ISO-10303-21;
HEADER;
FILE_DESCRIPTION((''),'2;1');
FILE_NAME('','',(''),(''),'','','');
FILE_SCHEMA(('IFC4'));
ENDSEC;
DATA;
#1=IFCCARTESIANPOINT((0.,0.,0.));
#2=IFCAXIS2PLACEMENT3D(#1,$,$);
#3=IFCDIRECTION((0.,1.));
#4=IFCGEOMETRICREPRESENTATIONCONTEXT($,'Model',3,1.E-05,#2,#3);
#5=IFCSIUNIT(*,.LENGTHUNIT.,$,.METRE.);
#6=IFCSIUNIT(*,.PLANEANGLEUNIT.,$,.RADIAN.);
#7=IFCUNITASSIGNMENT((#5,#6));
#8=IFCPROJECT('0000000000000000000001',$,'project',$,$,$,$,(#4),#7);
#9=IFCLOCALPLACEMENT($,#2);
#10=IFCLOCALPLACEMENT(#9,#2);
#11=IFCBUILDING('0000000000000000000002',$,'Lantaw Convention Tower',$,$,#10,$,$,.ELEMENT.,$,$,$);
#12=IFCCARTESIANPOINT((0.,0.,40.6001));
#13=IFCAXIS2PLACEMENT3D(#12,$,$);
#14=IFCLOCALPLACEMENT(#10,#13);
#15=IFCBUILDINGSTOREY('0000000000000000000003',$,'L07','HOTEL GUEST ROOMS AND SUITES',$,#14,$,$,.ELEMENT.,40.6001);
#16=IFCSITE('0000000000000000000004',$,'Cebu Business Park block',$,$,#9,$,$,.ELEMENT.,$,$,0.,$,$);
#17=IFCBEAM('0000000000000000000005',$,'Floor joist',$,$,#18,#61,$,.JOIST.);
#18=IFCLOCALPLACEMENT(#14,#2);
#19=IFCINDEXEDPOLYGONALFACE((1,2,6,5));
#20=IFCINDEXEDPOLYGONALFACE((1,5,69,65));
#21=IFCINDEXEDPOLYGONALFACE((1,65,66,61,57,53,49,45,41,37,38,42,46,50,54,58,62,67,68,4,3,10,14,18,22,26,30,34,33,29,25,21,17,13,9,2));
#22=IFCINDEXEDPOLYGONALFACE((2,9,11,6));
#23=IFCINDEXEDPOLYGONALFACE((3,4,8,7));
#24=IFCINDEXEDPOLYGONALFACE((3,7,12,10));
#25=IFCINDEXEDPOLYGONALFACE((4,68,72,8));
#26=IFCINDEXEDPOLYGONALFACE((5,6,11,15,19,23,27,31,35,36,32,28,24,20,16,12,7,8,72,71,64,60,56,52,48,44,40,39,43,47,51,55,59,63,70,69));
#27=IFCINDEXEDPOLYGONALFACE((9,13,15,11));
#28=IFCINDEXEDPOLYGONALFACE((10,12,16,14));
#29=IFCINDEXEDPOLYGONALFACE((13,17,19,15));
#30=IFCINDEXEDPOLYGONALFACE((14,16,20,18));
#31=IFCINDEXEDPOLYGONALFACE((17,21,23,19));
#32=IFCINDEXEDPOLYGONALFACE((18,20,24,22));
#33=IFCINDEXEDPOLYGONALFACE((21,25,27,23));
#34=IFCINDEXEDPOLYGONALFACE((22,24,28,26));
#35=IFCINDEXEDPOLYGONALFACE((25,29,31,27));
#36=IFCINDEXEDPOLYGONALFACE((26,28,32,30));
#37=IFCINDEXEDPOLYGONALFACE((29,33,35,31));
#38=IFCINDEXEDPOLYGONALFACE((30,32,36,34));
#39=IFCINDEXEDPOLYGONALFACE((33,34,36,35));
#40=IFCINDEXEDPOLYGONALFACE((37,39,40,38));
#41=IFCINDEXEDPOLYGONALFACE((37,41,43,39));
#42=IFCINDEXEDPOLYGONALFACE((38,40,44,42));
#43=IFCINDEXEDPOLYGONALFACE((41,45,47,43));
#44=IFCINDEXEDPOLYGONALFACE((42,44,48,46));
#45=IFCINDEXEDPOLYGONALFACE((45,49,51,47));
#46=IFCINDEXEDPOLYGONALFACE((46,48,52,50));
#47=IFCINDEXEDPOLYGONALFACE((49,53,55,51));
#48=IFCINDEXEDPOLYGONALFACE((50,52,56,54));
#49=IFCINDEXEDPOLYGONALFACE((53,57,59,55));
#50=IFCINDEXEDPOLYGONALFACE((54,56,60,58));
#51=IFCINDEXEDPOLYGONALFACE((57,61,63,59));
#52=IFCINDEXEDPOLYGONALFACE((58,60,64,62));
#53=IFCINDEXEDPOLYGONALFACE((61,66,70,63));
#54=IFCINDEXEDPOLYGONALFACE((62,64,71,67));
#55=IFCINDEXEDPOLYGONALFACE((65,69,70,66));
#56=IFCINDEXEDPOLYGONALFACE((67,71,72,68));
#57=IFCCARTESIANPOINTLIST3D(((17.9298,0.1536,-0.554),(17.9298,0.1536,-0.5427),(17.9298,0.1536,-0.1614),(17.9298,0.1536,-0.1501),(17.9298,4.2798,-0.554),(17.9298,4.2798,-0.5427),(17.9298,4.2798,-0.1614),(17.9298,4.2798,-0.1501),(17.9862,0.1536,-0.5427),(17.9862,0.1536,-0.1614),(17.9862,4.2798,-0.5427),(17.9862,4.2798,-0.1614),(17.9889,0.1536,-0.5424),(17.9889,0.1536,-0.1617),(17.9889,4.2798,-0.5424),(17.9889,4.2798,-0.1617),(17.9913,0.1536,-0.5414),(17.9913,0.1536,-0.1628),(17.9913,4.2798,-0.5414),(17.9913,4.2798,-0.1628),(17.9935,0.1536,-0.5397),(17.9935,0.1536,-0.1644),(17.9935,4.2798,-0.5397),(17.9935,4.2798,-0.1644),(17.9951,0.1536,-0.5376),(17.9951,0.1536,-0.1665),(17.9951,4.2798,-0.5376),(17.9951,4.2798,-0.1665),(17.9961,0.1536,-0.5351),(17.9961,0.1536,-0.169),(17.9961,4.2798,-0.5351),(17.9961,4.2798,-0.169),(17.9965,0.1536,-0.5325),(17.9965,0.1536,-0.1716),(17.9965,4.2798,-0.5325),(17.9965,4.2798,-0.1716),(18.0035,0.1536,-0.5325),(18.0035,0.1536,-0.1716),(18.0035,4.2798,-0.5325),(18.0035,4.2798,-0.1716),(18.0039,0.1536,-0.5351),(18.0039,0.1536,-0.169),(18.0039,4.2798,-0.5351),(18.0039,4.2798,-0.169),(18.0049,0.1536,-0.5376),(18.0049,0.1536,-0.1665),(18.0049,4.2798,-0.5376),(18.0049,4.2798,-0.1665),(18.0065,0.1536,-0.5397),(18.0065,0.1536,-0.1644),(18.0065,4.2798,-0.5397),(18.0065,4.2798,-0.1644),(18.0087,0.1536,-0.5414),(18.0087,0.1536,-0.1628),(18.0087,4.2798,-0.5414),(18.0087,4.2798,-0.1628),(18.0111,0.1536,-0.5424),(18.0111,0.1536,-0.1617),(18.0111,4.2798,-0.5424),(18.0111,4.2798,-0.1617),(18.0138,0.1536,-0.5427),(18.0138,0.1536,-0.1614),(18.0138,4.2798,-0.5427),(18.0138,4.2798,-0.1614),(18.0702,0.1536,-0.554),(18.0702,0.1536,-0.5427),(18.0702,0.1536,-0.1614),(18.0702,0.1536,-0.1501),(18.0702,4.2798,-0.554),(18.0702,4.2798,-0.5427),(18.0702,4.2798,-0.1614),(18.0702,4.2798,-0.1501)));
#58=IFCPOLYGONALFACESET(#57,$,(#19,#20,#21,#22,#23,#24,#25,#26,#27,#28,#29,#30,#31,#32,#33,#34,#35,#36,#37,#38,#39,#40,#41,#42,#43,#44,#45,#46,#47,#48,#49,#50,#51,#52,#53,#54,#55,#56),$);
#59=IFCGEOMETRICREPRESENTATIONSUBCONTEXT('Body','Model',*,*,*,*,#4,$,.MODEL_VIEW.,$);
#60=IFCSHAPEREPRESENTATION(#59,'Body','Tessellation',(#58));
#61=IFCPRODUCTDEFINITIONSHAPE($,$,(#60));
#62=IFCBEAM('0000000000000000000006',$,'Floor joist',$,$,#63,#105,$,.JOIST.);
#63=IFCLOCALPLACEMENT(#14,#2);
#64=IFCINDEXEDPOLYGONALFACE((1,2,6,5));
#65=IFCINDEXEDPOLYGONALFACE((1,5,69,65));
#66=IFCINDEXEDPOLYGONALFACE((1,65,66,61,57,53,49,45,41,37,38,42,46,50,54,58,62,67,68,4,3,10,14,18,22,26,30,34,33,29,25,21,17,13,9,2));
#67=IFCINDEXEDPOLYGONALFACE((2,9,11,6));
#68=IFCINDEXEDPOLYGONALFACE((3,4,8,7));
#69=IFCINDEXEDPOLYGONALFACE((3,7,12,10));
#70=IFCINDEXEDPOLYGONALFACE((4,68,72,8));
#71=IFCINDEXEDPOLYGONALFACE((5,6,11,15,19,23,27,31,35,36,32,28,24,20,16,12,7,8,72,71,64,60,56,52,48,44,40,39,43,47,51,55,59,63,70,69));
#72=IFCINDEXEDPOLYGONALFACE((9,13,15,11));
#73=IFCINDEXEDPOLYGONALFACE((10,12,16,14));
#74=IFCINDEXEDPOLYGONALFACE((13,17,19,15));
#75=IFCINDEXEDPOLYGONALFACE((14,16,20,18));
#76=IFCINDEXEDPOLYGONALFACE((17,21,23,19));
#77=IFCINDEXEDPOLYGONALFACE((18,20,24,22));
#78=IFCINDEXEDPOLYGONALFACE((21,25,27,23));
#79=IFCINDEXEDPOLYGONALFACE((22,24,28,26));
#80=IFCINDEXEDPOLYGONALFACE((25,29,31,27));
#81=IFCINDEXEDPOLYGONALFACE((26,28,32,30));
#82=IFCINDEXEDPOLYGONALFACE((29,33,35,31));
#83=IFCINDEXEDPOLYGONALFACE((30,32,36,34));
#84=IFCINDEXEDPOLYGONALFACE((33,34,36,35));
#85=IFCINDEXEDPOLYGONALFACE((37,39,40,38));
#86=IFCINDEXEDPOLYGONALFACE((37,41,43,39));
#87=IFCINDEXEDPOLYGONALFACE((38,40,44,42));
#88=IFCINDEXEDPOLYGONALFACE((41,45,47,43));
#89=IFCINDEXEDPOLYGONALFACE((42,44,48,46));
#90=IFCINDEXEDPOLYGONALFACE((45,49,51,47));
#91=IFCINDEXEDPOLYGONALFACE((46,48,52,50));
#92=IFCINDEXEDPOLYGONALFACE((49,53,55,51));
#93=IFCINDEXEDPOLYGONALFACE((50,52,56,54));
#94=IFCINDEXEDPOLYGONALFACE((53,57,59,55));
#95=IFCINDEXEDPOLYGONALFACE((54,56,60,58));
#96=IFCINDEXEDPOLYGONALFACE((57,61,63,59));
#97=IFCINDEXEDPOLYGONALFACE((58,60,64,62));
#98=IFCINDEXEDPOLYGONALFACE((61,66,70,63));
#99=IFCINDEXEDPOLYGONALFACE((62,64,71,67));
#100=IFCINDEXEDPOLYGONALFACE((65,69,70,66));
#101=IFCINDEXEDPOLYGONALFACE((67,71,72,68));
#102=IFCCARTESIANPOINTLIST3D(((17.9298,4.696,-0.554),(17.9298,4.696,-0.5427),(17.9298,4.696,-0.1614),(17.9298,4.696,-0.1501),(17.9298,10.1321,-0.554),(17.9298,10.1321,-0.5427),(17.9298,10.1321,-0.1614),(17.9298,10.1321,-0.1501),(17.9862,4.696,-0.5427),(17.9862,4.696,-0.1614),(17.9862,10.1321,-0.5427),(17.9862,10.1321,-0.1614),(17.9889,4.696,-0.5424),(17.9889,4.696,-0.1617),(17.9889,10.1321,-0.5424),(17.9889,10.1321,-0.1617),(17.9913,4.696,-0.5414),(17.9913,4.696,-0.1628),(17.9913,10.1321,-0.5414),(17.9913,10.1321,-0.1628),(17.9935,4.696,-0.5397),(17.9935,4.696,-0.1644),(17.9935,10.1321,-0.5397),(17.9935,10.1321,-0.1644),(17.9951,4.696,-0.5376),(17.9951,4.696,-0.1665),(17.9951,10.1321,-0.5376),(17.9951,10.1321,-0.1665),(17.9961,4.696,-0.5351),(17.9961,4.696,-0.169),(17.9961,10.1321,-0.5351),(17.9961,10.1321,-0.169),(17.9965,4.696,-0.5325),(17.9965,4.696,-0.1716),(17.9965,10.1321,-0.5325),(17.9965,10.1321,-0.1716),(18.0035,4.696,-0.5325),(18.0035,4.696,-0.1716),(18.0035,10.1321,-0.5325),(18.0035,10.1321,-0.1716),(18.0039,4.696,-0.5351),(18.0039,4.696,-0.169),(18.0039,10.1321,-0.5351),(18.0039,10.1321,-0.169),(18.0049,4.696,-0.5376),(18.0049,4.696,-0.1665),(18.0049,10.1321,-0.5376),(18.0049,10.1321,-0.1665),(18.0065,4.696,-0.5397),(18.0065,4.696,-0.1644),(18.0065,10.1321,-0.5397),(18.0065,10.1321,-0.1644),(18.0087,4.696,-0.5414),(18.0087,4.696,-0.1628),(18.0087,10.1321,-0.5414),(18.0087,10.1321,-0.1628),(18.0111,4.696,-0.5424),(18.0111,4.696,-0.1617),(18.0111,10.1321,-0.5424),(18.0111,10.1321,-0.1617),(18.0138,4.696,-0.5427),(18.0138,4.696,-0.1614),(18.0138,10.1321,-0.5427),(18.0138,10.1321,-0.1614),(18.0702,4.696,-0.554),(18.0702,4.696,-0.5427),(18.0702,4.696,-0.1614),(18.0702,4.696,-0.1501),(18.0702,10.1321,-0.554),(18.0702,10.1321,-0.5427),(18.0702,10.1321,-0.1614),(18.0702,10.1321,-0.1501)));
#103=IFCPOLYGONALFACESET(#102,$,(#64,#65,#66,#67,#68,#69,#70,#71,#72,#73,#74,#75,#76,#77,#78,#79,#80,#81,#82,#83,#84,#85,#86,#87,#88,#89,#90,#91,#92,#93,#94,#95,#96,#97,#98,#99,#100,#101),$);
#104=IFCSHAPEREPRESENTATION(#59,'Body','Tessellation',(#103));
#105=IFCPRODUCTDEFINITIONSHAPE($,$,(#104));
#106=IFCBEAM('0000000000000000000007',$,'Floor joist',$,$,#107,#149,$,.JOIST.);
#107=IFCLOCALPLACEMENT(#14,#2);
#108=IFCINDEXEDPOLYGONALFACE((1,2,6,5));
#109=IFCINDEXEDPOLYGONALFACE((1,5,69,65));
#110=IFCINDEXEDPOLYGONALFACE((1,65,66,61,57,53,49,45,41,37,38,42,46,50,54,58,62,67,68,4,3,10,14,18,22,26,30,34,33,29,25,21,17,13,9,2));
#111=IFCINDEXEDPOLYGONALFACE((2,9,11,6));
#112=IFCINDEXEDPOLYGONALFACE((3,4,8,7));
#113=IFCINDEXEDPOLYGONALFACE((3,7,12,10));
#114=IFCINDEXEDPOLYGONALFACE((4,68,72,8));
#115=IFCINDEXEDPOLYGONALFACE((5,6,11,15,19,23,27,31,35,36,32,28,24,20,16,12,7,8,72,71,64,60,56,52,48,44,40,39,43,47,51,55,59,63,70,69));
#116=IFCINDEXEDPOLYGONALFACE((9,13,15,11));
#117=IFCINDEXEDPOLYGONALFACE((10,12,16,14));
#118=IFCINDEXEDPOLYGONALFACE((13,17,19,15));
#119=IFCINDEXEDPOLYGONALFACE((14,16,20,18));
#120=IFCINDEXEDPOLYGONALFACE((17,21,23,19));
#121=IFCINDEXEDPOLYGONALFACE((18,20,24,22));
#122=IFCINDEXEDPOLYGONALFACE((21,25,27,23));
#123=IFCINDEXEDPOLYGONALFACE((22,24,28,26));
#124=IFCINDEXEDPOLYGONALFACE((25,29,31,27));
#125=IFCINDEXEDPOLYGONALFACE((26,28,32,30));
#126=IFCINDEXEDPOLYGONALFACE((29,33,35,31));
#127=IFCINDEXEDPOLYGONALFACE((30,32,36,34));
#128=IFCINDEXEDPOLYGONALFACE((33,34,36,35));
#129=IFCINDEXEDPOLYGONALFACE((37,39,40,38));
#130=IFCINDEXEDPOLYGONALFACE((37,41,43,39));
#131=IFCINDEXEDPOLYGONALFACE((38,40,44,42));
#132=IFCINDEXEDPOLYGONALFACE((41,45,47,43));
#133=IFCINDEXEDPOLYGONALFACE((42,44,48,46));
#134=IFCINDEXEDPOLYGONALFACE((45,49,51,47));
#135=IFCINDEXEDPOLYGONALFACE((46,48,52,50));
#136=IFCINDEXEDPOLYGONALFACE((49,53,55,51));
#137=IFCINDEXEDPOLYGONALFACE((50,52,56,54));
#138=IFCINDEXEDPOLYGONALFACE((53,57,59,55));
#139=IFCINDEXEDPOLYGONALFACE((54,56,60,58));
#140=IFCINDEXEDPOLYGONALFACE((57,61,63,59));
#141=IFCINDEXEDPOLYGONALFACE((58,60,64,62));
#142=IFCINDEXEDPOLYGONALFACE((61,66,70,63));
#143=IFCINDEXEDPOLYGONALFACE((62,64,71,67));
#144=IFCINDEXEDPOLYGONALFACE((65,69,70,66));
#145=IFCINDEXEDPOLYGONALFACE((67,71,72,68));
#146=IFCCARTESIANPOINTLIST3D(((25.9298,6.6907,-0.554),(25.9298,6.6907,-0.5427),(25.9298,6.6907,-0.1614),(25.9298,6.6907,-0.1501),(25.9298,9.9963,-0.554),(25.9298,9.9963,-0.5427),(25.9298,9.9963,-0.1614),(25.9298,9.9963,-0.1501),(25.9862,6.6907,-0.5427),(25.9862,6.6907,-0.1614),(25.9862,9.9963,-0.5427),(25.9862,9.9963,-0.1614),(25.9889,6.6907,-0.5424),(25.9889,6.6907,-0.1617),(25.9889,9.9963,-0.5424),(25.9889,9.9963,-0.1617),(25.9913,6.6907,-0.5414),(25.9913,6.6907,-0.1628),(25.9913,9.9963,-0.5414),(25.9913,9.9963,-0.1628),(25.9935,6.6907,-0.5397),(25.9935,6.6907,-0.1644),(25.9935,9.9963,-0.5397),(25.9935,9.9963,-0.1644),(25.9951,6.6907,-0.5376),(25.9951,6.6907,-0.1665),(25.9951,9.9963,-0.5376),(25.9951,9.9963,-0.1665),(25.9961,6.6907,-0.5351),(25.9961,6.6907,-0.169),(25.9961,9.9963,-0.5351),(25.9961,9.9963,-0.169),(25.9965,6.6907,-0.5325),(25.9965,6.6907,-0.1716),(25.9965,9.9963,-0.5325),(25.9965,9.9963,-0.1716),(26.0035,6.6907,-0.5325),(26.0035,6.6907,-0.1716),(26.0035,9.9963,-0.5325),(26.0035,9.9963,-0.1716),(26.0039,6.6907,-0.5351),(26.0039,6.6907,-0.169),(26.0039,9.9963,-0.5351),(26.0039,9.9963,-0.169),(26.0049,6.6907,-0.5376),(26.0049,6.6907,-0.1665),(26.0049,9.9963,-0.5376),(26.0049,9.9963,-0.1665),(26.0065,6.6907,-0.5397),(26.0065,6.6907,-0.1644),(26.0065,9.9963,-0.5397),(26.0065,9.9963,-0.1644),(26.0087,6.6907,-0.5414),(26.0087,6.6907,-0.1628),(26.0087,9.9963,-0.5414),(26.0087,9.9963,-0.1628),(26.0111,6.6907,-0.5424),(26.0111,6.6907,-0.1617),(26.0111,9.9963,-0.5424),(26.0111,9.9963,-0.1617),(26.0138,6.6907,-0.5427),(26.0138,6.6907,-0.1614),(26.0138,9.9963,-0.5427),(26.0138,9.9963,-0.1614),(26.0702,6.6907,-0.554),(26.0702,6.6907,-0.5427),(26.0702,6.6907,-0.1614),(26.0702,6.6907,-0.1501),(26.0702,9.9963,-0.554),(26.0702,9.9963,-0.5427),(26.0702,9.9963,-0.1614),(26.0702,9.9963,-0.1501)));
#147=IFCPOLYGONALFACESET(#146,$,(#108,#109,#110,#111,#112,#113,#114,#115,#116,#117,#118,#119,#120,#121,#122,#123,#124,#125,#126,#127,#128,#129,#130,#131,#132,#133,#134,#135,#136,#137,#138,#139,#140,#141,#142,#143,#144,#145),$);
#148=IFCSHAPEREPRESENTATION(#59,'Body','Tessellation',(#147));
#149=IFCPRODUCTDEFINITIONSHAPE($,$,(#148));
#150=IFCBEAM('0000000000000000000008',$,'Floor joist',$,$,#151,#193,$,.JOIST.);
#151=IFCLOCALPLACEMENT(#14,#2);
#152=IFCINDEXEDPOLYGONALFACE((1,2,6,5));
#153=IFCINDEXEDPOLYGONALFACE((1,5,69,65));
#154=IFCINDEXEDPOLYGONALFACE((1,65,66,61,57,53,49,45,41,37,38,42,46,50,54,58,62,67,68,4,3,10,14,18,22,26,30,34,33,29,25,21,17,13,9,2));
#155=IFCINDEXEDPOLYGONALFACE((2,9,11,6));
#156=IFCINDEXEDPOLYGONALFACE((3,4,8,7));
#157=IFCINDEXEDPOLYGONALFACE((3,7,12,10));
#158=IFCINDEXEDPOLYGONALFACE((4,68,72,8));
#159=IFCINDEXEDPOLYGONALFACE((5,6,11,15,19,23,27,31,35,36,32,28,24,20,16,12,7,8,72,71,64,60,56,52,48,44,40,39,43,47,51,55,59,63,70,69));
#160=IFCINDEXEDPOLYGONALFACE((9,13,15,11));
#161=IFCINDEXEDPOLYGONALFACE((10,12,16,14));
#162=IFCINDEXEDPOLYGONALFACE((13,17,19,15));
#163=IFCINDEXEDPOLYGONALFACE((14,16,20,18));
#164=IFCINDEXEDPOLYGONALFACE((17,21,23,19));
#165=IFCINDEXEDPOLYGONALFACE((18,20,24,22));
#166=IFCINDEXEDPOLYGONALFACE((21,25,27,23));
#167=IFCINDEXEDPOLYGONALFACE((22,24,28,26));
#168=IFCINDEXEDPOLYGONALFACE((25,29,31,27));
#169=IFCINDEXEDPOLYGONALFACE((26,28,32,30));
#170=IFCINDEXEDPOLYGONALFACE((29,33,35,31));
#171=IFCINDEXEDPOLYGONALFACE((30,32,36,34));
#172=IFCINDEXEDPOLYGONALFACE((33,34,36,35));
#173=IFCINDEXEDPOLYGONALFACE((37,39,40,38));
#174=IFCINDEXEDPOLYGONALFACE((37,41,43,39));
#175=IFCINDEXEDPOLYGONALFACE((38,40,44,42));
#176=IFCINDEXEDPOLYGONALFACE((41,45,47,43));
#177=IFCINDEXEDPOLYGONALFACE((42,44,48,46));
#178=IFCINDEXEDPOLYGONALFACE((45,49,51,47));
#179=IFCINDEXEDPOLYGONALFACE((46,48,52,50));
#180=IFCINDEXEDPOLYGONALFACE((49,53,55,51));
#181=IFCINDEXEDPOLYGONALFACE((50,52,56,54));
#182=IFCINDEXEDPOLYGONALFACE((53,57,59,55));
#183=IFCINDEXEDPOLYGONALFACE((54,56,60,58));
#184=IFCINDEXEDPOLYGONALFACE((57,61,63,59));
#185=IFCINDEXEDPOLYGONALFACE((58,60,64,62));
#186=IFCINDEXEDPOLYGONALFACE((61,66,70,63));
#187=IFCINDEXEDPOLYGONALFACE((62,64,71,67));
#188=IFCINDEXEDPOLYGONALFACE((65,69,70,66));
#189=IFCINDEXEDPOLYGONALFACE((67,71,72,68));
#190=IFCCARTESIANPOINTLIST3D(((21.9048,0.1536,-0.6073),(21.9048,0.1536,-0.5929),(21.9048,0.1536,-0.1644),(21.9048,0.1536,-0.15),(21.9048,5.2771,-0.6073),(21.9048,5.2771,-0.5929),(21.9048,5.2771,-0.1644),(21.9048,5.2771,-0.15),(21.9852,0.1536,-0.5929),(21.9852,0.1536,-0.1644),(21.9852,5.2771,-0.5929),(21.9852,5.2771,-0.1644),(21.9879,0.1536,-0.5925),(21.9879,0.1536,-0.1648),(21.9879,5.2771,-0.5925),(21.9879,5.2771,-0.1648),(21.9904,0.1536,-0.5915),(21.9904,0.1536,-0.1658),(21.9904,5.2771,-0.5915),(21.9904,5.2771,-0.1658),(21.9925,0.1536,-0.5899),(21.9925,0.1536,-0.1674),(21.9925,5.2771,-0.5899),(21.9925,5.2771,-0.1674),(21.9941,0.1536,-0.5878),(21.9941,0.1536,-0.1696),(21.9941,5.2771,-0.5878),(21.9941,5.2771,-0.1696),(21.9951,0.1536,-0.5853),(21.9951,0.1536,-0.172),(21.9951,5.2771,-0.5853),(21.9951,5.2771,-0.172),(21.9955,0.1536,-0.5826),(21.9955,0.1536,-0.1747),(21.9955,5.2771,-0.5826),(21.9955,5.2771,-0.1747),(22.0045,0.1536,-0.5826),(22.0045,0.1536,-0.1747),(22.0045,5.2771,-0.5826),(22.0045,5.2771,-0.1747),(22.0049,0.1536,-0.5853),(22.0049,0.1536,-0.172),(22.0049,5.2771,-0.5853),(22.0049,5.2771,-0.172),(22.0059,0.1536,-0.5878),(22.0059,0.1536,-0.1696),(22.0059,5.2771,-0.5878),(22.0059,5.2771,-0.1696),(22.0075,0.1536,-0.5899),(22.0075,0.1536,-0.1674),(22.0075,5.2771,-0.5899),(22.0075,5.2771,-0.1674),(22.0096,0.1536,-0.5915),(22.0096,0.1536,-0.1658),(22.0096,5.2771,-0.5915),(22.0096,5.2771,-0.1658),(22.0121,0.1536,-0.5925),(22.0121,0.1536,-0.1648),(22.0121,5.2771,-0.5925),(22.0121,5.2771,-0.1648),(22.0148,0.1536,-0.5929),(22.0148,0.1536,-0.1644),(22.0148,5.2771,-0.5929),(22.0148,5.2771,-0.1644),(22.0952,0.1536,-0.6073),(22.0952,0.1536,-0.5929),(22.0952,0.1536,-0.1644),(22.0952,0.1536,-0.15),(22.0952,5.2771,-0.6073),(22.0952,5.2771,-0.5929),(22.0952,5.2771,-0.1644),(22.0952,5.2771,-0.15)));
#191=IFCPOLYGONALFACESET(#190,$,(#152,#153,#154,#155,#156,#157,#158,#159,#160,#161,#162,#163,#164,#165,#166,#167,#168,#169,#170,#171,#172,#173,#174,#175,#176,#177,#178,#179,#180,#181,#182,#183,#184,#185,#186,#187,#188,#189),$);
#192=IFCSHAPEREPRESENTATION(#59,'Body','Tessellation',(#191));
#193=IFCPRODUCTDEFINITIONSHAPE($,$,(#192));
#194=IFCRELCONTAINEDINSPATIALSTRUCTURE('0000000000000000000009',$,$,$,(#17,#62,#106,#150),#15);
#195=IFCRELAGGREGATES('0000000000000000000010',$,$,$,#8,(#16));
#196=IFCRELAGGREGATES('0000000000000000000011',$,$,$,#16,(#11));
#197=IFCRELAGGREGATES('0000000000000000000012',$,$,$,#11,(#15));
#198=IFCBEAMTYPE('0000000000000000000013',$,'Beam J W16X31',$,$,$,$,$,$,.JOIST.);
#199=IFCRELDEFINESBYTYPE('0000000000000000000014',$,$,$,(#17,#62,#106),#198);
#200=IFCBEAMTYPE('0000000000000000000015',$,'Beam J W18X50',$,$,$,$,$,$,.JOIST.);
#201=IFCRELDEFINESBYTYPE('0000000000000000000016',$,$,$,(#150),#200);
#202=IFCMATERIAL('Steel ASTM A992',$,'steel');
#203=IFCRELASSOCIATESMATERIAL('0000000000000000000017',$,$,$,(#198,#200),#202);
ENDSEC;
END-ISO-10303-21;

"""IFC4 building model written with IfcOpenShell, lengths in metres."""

from ifc_helpers import new_model, si_unit, direction, frame, origin, origin_2d, place, context, subcontext, project, spatial, i_section, extrude, material, material_profile, profile_set, type_object, element, save


model = new_model("IFC4")

# Units and contexts
model_context = context("Model", 3, precision=1e-05, world=origin(), true_north=direction((0.0, 1.0)))
body_context = subcontext(model_context, "Body", "Model", "MODEL_VIEW")
ifc_project = project(units=[si_unit("LENGTHUNIT", "METRE"), si_unit("PLANEANGLEUNIT", "RADIAN")], contexts=[model_context])

# Site, building, storey
site_placement = place(None, origin())
site = spatial("IfcSite", under=ifc_project, at=site_placement, Name="Cebu Business Park block", CompositionType="ELEMENT", RefElevation=0.0)
building_placement = place(site_placement, origin())
building = spatial("IfcBuilding", under=site, at=building_placement, Name="Lantaw Convention Tower", CompositionType="ELEMENT")
storey_placement = place(building_placement, frame((0.0, 0.0, 40.6001)))
storey = spatial("IfcBuildingStorey", under=building, at=storey_placement, Name="L07", Description="HOTEL GUEST ROOMS AND SUITES", CompositionType="ELEMENT", Elevation=40.6001)

# Beams
ifc_material_1 = material(Name="Steel ASTM A992", Category="steel")
ifc_material_profile_1 = material_profile(ifc_material_1, i_section(OverallWidth=0.1404, OverallDepth=0.4038, WebThickness=0.0071, FlangeThickness=0.0112, FilletRadius=0.0103, at=origin_2d()), Name="W16X31")
ifc_profile_set_1 = profile_set([ifc_material_profile_1], Name="Steel ASTM A992")
beam_type_1 = type_object("IfcBeamType", Name="Beam J W16X31", PredefinedType="JOIST", material=ifc_profile_set_1)
beam_1_placement = place(storey_placement, frame((18.0, 0.1536, -0.3521), z_axis=(0.0, 1.0, 0.0), x_axis=(-1.0, 0.0, 0.0)))
element("IfcBeam", 1, at=beam_1_placement, inside=storey, type_object=beam_type_1, Name="Floor joist", PredefinedType="JOIST", context=body_context, shape_type="SweptSolid", body=[
    extrude(i_section(OverallWidth=0.1404, OverallDepth=0.4038, WebThickness=0.0071, FlangeThickness=0.0112, FilletRadius=0.0103, at=origin_2d()), origin(), (0.0, 0.0, 1.0), 4.1262),
])
beam_2_placement = place(storey_placement, frame((18.0, 4.696, -0.3521), z_axis=(0.0, 1.0, 0.0), x_axis=(-1.0, 0.0, 0.0)))
element("IfcBeam", 2, at=beam_2_placement, inside=storey, type_object=beam_type_1, Name="Floor joist", PredefinedType="JOIST", context=body_context, shape_type="SweptSolid", body=[
    extrude(i_section(OverallWidth=0.1404, OverallDepth=0.4038, WebThickness=0.0071, FlangeThickness=0.0112, FilletRadius=0.0103, at=origin_2d()), origin(), (0.0, 0.0, 1.0), 5.436),
])
beam_3_placement = place(storey_placement, frame((26.0, 6.6907, -0.3521), z_axis=(0.0, 1.0, 0.0), x_axis=(-1.0, 0.0, 0.0)))
element("IfcBeam", 3, at=beam_3_placement, inside=storey, type_object=beam_type_1, Name="Floor joist", PredefinedType="JOIST", context=body_context, shape_type="SweptSolid", body=[
    extrude(i_section(OverallWidth=0.1404, OverallDepth=0.4038, WebThickness=0.0071, FlangeThickness=0.0112, FilletRadius=0.0103, at=origin_2d()), origin(), (0.0, 0.0, 1.0), 3.3057),
])
ifc_material_profile_2 = material_profile(ifc_material_1, i_section(OverallWidth=0.1904, OverallDepth=0.4573, WebThickness=0.009, FlangeThickness=0.0144, FilletRadius=0.0103, at=origin_2d()), Name="W18X50")
ifc_profile_set_2 = profile_set([ifc_material_profile_2], Name="Steel ASTM A992")
beam_type_2 = type_object("IfcBeamType", Name="Beam J W18X50", PredefinedType="JOIST", material=ifc_profile_set_2)
beam_4_placement = place(storey_placement, frame((22.0, 0.1536, -0.3787), z_axis=(0.0, 1.0, 0.0), x_axis=(-1.0, 0.0, 0.0)))
element("IfcBeam", 4, at=beam_4_placement, inside=storey, type_object=beam_type_2, Name="Floor joist", PredefinedType="JOIST", context=body_context, shape_type="SweptSolid", body=[
    extrude(i_section(OverallWidth=0.1904, OverallDepth=0.4573, WebThickness=0.009, FlangeThickness=0.0144, FilletRadius=0.0103, at=origin_2d()), origin(), (0.0, 0.0, 1.0), 5.1235),
])

save(model, "model.ifc")
